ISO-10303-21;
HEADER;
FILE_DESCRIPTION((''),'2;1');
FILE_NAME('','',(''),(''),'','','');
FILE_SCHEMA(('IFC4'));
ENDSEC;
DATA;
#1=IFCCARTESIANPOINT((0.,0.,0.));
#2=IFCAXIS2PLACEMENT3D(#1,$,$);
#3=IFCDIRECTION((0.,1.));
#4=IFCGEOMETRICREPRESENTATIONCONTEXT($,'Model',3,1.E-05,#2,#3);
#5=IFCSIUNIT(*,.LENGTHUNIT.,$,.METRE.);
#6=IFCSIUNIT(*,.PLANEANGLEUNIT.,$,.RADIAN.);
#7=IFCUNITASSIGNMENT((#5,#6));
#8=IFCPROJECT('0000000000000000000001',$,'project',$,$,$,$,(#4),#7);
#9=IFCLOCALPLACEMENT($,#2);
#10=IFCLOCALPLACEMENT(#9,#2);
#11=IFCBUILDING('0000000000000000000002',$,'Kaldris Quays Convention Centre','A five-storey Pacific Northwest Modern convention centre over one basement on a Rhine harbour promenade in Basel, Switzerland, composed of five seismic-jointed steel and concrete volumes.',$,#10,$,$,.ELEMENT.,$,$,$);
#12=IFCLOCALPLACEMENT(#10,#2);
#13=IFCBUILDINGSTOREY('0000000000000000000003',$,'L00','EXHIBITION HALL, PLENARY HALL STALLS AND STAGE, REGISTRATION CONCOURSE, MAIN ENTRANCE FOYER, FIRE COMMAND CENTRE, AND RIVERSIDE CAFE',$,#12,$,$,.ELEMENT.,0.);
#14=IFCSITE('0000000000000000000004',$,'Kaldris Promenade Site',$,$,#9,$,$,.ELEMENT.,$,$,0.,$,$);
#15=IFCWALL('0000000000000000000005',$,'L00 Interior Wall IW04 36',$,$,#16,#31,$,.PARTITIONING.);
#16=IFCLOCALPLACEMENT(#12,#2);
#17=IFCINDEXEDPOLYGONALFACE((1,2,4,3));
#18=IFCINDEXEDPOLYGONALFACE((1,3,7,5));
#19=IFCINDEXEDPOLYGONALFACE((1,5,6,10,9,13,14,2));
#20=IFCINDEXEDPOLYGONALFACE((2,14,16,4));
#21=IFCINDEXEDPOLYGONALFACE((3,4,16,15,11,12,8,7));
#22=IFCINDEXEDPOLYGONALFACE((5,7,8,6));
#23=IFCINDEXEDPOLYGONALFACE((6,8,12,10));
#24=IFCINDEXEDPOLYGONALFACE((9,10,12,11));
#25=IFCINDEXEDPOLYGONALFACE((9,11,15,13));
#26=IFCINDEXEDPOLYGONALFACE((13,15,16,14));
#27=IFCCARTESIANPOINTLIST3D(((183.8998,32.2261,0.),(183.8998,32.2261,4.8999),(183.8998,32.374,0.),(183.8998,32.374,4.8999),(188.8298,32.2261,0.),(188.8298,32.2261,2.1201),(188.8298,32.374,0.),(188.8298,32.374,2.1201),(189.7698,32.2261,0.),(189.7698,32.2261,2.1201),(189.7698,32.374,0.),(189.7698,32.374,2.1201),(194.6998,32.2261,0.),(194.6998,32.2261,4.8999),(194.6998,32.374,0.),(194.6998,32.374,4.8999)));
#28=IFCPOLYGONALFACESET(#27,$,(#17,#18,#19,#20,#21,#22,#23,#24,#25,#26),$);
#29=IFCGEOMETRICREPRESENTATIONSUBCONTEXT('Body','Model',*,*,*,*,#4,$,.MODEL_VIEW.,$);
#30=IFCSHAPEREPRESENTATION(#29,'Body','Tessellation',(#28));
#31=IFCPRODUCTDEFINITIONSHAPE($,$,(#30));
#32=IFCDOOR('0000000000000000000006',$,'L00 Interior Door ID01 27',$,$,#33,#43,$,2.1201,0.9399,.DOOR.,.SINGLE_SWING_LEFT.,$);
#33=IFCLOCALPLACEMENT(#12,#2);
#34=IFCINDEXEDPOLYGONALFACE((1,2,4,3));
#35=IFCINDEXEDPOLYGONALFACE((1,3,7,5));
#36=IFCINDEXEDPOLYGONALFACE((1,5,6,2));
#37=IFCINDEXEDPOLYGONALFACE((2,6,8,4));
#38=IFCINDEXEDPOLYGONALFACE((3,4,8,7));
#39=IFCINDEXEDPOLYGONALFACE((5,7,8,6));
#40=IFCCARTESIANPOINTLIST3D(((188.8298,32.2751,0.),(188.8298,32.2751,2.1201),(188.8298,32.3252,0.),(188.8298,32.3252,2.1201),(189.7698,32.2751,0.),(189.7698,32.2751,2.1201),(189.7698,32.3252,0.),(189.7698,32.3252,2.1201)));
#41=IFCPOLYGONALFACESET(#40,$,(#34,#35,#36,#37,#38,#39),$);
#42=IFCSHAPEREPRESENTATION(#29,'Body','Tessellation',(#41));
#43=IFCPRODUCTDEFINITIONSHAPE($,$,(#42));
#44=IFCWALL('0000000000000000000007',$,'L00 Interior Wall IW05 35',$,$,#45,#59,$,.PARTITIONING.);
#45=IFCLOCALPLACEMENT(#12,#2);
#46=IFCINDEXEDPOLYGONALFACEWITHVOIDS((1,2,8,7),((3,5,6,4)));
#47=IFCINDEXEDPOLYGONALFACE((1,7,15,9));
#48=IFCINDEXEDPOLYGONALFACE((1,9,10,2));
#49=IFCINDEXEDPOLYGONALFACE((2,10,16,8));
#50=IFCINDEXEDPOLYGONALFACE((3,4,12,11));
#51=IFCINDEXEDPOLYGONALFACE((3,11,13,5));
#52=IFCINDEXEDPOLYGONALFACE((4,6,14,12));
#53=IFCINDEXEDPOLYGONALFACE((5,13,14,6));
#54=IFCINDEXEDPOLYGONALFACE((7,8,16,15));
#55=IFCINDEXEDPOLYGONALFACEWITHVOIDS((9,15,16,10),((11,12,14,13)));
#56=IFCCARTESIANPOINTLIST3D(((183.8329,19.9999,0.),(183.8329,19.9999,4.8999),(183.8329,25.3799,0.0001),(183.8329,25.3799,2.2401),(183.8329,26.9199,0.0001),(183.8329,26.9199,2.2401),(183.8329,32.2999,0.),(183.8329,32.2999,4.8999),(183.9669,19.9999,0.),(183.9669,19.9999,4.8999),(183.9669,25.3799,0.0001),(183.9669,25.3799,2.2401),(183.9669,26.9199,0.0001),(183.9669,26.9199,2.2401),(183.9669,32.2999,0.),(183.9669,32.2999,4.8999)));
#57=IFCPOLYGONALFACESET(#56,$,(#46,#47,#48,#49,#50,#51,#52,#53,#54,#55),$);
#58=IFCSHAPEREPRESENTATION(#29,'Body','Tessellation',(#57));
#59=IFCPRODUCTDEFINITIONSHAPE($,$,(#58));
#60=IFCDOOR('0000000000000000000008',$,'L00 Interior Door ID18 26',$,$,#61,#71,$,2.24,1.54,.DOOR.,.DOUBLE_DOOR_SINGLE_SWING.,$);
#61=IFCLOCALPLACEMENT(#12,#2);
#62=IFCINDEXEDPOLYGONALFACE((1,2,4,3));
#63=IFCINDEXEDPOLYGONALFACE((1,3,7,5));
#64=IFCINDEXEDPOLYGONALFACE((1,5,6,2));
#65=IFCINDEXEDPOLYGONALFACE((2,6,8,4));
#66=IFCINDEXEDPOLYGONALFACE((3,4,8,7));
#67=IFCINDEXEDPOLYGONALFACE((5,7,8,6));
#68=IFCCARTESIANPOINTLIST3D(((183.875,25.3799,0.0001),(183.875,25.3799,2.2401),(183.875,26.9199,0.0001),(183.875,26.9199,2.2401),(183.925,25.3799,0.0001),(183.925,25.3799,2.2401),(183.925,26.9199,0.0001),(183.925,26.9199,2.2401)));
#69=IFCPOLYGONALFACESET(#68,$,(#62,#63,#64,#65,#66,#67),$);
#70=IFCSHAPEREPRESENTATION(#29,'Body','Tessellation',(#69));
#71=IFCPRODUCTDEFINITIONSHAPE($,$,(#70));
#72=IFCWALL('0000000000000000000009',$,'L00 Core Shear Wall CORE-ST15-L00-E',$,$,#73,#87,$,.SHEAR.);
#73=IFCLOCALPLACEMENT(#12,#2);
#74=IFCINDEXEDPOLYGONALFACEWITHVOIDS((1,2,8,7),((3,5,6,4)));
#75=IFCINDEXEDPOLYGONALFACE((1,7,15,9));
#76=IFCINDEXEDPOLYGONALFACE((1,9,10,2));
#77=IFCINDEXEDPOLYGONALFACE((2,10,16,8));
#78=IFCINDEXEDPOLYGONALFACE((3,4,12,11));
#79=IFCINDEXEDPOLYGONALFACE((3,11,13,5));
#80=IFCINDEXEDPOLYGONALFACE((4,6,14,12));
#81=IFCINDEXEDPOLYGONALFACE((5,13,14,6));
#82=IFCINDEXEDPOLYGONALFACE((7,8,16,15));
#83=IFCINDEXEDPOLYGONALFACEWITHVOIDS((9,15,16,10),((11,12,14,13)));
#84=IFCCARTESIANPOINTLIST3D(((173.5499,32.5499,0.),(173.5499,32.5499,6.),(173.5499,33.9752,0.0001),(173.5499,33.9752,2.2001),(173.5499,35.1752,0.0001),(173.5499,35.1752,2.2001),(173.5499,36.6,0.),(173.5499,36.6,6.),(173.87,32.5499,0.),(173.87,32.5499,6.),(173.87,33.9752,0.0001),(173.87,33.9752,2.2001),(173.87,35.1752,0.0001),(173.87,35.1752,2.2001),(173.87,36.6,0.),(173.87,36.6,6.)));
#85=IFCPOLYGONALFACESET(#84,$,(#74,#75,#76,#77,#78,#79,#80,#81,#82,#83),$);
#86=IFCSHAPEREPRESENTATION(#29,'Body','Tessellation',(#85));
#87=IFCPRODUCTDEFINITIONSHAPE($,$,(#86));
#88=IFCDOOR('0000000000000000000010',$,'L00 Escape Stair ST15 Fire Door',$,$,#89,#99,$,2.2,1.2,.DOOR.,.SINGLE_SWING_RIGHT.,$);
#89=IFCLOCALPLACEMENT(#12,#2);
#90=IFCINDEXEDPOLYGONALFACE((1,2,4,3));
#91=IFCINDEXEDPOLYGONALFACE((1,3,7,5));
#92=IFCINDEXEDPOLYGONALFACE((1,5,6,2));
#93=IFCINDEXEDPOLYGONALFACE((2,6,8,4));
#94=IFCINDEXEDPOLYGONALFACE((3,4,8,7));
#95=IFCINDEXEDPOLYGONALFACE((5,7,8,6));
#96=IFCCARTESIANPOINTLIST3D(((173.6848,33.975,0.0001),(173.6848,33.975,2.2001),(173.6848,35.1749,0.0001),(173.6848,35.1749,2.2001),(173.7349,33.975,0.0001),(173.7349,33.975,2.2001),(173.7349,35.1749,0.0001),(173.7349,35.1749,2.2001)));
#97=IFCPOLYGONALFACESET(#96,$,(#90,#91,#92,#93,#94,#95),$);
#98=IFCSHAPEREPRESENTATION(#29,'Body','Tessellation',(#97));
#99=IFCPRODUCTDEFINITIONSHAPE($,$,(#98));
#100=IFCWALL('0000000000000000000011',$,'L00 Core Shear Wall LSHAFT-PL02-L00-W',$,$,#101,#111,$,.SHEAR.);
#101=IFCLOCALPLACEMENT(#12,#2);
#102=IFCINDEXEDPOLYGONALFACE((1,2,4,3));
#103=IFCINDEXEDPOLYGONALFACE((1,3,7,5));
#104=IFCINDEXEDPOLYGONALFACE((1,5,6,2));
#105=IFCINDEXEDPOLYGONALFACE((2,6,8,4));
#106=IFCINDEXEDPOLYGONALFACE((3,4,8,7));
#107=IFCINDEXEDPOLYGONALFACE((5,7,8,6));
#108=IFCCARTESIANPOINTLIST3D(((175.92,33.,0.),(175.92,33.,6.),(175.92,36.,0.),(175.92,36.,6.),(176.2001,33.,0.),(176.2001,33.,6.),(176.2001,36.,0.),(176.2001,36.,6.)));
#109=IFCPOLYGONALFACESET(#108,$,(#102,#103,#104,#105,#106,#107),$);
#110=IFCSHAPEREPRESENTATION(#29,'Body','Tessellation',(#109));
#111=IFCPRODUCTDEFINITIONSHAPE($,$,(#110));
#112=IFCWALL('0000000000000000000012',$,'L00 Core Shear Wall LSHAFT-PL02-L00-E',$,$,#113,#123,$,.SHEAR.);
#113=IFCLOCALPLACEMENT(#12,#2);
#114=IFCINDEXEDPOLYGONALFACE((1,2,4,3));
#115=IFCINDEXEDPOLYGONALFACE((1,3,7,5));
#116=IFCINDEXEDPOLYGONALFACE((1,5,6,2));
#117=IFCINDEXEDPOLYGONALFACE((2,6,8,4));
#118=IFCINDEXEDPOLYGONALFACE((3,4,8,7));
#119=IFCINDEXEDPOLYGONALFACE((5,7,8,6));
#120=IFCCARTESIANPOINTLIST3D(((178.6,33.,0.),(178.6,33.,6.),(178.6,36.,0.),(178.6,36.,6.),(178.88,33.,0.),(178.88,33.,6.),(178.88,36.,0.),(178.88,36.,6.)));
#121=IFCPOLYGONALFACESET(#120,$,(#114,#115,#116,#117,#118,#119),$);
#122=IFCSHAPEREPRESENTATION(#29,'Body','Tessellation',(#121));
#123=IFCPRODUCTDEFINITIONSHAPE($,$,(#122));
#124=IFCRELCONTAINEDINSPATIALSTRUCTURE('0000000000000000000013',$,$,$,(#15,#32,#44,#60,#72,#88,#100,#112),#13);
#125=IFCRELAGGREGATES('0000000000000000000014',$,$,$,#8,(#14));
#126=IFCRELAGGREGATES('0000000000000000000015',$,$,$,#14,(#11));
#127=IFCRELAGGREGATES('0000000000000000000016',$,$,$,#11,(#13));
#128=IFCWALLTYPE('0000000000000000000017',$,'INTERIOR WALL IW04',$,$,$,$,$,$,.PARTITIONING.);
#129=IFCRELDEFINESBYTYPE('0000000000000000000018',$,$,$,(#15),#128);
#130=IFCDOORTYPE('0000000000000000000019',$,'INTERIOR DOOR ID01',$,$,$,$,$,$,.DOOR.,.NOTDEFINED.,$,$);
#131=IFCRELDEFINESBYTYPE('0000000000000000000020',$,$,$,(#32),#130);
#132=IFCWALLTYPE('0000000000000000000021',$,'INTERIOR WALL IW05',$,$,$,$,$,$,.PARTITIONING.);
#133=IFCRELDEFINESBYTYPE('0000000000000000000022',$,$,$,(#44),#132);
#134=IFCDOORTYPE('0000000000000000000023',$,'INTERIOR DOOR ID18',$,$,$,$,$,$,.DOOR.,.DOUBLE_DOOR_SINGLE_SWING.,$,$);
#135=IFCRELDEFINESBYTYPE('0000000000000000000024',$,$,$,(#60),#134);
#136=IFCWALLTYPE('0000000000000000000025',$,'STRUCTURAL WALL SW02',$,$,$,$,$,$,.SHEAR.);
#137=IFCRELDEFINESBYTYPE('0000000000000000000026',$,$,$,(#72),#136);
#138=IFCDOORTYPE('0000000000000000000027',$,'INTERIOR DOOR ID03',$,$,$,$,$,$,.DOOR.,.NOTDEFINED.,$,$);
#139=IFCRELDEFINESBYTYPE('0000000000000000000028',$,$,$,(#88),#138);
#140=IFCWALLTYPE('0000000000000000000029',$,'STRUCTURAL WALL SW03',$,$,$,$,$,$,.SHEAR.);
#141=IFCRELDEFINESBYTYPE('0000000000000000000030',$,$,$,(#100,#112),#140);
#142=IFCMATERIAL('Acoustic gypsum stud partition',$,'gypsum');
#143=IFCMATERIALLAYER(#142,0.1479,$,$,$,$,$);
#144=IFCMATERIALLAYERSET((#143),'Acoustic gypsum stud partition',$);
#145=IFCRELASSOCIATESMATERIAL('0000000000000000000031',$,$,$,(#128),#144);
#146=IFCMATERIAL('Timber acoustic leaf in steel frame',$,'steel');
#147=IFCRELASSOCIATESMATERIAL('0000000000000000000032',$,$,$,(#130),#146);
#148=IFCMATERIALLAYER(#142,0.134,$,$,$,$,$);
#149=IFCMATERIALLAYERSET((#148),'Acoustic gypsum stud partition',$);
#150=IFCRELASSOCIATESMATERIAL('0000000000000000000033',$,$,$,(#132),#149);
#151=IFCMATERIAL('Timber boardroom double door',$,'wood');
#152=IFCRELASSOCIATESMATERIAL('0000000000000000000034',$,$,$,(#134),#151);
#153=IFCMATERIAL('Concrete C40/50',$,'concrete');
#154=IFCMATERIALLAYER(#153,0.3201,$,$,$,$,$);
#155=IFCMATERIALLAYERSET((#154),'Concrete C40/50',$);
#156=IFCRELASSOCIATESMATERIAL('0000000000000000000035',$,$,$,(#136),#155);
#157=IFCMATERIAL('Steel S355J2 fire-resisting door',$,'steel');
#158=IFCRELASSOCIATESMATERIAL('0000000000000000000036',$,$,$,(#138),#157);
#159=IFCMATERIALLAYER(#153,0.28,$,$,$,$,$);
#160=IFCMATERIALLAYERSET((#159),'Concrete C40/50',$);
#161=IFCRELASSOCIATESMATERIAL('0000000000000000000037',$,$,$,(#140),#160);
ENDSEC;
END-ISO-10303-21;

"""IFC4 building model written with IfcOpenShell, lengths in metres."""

from ifc_helpers import new_model, si_unit, direction, frame, frame_2d, origin, place, context, subcontext, project, spatial, rectangle, extrude, material, layer, layer_set, type_object, element, fill, save


model = new_model("IFC4")

# Units and contexts
model_context = context("Model", 3, precision=1e-05, world=origin(), true_north=direction((0.0, 1.0)))
body_context = subcontext(model_context, "Body", "Model", "MODEL_VIEW")
ifc_project = project(units=[si_unit("LENGTHUNIT", "METRE"), si_unit("PLANEANGLEUNIT", "RADIAN")], contexts=[model_context])

# Site, building, storey
site_placement = place(None, origin())
site = spatial("IfcSite", under=ifc_project, at=site_placement, Name="Kaldris Promenade Site", CompositionType="ELEMENT", RefElevation=0.0)
building_placement = place(site_placement, origin())
building = spatial("IfcBuilding", under=site, at=building_placement, Name="Kaldris Quays Convention Centre", Description="A five-storey Pacific Northwest Modern convention centre over one basement on a Rhine harbour promenade in Basel, Switzerland, composed of five seismic-jointed steel and concrete volumes.", CompositionType="ELEMENT")
storey_placement = place(building_placement, origin())
storey = spatial("IfcBuildingStorey", under=building, at=storey_placement, Name="L00", Description="EXHIBITION HALL, PLENARY HALL STALLS AND STAGE, REGISTRATION CONCOURSE, MAIN ENTRANCE FOYER, FIRE COMMAND CENTRE, AND RIVERSIDE CAFE", CompositionType="ELEMENT", Elevation=0.0)

# Walls, openings, doors
ifc_material_1 = material(Name="Acoustic gypsum stud partition", Category="gypsum")
ifc_layer_1 = layer(ifc_material_1, 0.1479)
ifc_layer_set_1 = layer_set([ifc_layer_1], Name="Acoustic gypsum stud partition")
wall_type_1 = type_object("IfcWallType", Name="INTERIOR WALL IW04", PredefinedType="PARTITIONING", material=ifc_layer_set_1)
wall_1_placement = place(storey_placement, frame((183.8999, 32.3, 0.0), z_axis=(0.0, 0.0, 1.0), x_axis=(1.0, 0.0, 0.0)))
wall_1 = element("IfcWall", 1, at=wall_1_placement, inside=storey, type_object=wall_type_1, Name="L00 Interior Wall IW04 36", PredefinedType="PARTITIONING", context=body_context, shape_type="SweptSolid", body=[
    extrude(rectangle(XDim=10.8, YDim=0.1479, at=frame_2d((5.3999, 0.0))), origin(), (0.0, 0.0, 1.0), 4.8999),
])
opening_1_placement = place(wall_1_placement, frame((4.9299, 0.0, 0.0)))
opening_1 = element("IfcOpeningElement", 2, at=opening_1_placement, cuts=wall_1, PredefinedType="OPENING", context=body_context, shape_type="SweptSolid", body=[
    extrude(rectangle(XDim=0.9399, YDim=2.1201, at=frame_2d((0.47, 1.0601))), frame((0.0, 0.084, 0.0), z_axis=(0.0, -1.0, 0.0), x_axis=(1.0, 0.0, 0.0)), (0.0, 0.0, 1.0), 0.168),
])
ifc_material_2 = material(Name="Timber acoustic leaf in steel frame", Category="steel")
door_type_1 = type_object("IfcDoorType", Name="INTERIOR DOOR ID01", OperationType="NOTDEFINED", PredefinedType="DOOR", material=ifc_material_2)
door_1_placement = place(opening_1_placement, frame((0.9399, 0.0, 0.0), z_axis=(0.0, 0.0, 1.0), x_axis=(-1.0, 0.0, 0.0)))
door_1 = element("IfcDoor", 3, at=door_1_placement, inside=storey, type_object=door_type_1, Name="L00 Interior Door ID01 27", OperationType="SINGLE_SWING_LEFT", OverallHeight=2.1201, OverallWidth=0.9399, PredefinedType="DOOR", context=body_context, shape_type="SweptSolid", body=[
    extrude(rectangle(XDim=0.9399, YDim=2.1201, at=frame_2d((0.47, 1.0601))), frame((0.0, 0.0249, 0.0), z_axis=(0.0, -1.0, 0.0), x_axis=(1.0, 0.0, 0.0)), (0.0, 0.0, 1.0), 0.05),
])
fill(opening_1, door_1)
ifc_layer_2 = layer(ifc_material_1, 0.134)
ifc_layer_set_2 = layer_set([ifc_layer_2], Name="Acoustic gypsum stud partition")
wall_type_2 = type_object("IfcWallType", Name="INTERIOR WALL IW05", PredefinedType="PARTITIONING", material=ifc_layer_set_2)
wall_2_placement = place(storey_placement, frame((183.8999, 20.0, 0.0), z_axis=(0.0, 0.0, 1.0), x_axis=(0.0, 1.0, 0.0)))
wall_2 = element("IfcWall", 4, at=wall_2_placement, inside=storey, type_object=wall_type_2, Name="L00 Interior Wall IW05 35", PredefinedType="PARTITIONING", context=body_context, shape_type="SweptSolid", body=[
    extrude(rectangle(XDim=12.3, YDim=0.134, at=frame_2d((6.1499, 0.0))), origin(), (0.0, 0.0, 1.0), 4.8999),
])
opening_2_placement = place(wall_2_placement, frame((5.3799, 0.0, 0.0)))
opening_2 = element("IfcOpeningElement", 5, at=opening_2_placement, cuts=wall_2, PredefinedType="OPENING", context=body_context, shape_type="SweptSolid", body=[
    extrude(rectangle(XDim=1.54, YDim=2.24, at=frame_2d((0.77, 1.1201))), frame((0.0, 0.0771, 0.0), z_axis=(0.0, -1.0, 0.0), x_axis=(1.0, 0.0, 0.0)), (0.0, 0.0, 1.0), 0.1541),
])
ifc_material_3 = material(Name="Timber boardroom double door", Category="wood")
door_type_2 = type_object("IfcDoorType", Name="INTERIOR DOOR ID18", OperationType="DOUBLE_DOOR_SINGLE_SWING", PredefinedType="DOOR", material=ifc_material_3)
door_2_placement = place(opening_2_placement, origin())
door_2 = element("IfcDoor", 6, at=door_2_placement, inside=storey, type_object=door_type_2, Name="L00 Interior Door ID18 26", OperationType="DOUBLE_DOOR_SINGLE_SWING", OverallHeight=2.24, OverallWidth=1.54, PredefinedType="DOOR", context=body_context, shape_type="SweptSolid", body=[
    extrude(rectangle(XDim=1.54, YDim=2.24, at=frame_2d((0.77, 1.1201))), frame((0.0, 0.0249, 0.0), z_axis=(0.0, -1.0, 0.0), x_axis=(1.0, 0.0, 0.0)), (0.0, 0.0, 1.0), 0.05),
])
fill(opening_2, door_2)
ifc_material_4 = material(Name="Concrete C40/50", Category="concrete")
ifc_layer_3 = layer(ifc_material_4, 0.3201)
ifc_layer_set_3 = layer_set([ifc_layer_3], Name="Concrete C40/50")
wall_type_3 = type_object("IfcWallType", Name="STRUCTURAL WALL SW02", PredefinedType="SHEAR", material=ifc_layer_set_3)
wall_3_placement = place(storey_placement, frame((173.71, 32.55, 0.0), z_axis=(0.0, 0.0, 1.0), x_axis=(0.0, 1.0, 0.0)))
wall_3 = element("IfcWall", 7, at=wall_3_placement, inside=storey, type_object=wall_type_3, Name="L00 Core Shear Wall CORE-ST15-L00-E", PredefinedType="SHEAR", context=body_context, shape_type="SweptSolid", body=[
    extrude(rectangle(XDim=4.05, YDim=0.3201, at=frame_2d((2.0249, 0.0))), origin(), (0.0, 0.0, 1.0), 6.0),
])
opening_3_placement = place(wall_3_placement, frame((1.425, 0.0, 0.0)))
opening_3 = element("IfcOpeningElement", 8, at=opening_3_placement, cuts=wall_3, PredefinedType="OPENING", context=body_context, shape_type="SweptSolid", body=[
    extrude(rectangle(XDim=1.2, YDim=2.2, at=frame_2d((0.6001, 1.1001))), frame((0.0, 0.1699, 0.0), z_axis=(0.0, -1.0, 0.0), x_axis=(1.0, 0.0, 0.0)), (0.0, 0.0, 1.0), 0.3401),
])
ifc_material_5 = material(Name="Steel S355J2 fire-resisting door", Category="steel")
door_type_3 = type_object("IfcDoorType", Name="INTERIOR DOOR ID03", OperationType="NOTDEFINED", PredefinedType="DOOR", material=ifc_material_5)
door_3_placement = place(opening_3_placement, frame((1.2, 0.0, 0.0), z_axis=(0.0, 0.0, 1.0), x_axis=(-1.0, 0.0, 0.0)))
door_3 = element("IfcDoor", 9, at=door_3_placement, inside=storey, type_object=door_type_3, Name="L00 Escape Stair ST15 Fire Door", OperationType="SINGLE_SWING_RIGHT", OverallHeight=2.2, OverallWidth=1.2, PredefinedType="DOOR", context=body_context, shape_type="SweptSolid", body=[
    extrude(rectangle(XDim=1.2, YDim=2.2, at=frame_2d((0.6001, 1.1001))), frame((0.0, 0.0249, 0.0), z_axis=(0.0, -1.0, 0.0), x_axis=(1.0, 0.0, 0.0)), (0.0, 0.0, 1.0), 0.05),
])
fill(opening_3, door_3)
ifc_layer_4 = layer(ifc_material_4, 0.28)
ifc_layer_set_4 = layer_set([ifc_layer_4], Name="Concrete C40/50")
wall_type_4 = type_object("IfcWallType", Name="STRUCTURAL WALL SW03", PredefinedType="SHEAR", material=ifc_layer_set_4)

# Walls
for number, where, z_axis, x_axis, name in (
    (10, (176.0601, 33.0, 0.0), (0.0, 0.0, 1.0), (0.0, 1.0, 0.0), "L00 Core Shear Wall LSHAFT-PL02-L00-W"),
    (11, (178.74, 33.0, 0.0), (0.0, 0.0, 1.0), (0.0, 1.0, 0.0), "L00 Core Shear Wall LSHAFT-PL02-L00-E"),
):
    element("IfcWall", number, at=place(storey_placement, frame(where, z_axis=z_axis, x_axis=x_axis)), inside=storey, type_object=wall_type_4, Name=name, PredefinedType="SHEAR", context=body_context, shape_type="SweptSolid", body=[
        extrude(rectangle(XDim=3.0, YDim=0.28, at=frame_2d((1.5, 0.0))), origin(), (0.0, 0.0, 1.0), 6.0),
    ])

save(model, "model.ifc")
